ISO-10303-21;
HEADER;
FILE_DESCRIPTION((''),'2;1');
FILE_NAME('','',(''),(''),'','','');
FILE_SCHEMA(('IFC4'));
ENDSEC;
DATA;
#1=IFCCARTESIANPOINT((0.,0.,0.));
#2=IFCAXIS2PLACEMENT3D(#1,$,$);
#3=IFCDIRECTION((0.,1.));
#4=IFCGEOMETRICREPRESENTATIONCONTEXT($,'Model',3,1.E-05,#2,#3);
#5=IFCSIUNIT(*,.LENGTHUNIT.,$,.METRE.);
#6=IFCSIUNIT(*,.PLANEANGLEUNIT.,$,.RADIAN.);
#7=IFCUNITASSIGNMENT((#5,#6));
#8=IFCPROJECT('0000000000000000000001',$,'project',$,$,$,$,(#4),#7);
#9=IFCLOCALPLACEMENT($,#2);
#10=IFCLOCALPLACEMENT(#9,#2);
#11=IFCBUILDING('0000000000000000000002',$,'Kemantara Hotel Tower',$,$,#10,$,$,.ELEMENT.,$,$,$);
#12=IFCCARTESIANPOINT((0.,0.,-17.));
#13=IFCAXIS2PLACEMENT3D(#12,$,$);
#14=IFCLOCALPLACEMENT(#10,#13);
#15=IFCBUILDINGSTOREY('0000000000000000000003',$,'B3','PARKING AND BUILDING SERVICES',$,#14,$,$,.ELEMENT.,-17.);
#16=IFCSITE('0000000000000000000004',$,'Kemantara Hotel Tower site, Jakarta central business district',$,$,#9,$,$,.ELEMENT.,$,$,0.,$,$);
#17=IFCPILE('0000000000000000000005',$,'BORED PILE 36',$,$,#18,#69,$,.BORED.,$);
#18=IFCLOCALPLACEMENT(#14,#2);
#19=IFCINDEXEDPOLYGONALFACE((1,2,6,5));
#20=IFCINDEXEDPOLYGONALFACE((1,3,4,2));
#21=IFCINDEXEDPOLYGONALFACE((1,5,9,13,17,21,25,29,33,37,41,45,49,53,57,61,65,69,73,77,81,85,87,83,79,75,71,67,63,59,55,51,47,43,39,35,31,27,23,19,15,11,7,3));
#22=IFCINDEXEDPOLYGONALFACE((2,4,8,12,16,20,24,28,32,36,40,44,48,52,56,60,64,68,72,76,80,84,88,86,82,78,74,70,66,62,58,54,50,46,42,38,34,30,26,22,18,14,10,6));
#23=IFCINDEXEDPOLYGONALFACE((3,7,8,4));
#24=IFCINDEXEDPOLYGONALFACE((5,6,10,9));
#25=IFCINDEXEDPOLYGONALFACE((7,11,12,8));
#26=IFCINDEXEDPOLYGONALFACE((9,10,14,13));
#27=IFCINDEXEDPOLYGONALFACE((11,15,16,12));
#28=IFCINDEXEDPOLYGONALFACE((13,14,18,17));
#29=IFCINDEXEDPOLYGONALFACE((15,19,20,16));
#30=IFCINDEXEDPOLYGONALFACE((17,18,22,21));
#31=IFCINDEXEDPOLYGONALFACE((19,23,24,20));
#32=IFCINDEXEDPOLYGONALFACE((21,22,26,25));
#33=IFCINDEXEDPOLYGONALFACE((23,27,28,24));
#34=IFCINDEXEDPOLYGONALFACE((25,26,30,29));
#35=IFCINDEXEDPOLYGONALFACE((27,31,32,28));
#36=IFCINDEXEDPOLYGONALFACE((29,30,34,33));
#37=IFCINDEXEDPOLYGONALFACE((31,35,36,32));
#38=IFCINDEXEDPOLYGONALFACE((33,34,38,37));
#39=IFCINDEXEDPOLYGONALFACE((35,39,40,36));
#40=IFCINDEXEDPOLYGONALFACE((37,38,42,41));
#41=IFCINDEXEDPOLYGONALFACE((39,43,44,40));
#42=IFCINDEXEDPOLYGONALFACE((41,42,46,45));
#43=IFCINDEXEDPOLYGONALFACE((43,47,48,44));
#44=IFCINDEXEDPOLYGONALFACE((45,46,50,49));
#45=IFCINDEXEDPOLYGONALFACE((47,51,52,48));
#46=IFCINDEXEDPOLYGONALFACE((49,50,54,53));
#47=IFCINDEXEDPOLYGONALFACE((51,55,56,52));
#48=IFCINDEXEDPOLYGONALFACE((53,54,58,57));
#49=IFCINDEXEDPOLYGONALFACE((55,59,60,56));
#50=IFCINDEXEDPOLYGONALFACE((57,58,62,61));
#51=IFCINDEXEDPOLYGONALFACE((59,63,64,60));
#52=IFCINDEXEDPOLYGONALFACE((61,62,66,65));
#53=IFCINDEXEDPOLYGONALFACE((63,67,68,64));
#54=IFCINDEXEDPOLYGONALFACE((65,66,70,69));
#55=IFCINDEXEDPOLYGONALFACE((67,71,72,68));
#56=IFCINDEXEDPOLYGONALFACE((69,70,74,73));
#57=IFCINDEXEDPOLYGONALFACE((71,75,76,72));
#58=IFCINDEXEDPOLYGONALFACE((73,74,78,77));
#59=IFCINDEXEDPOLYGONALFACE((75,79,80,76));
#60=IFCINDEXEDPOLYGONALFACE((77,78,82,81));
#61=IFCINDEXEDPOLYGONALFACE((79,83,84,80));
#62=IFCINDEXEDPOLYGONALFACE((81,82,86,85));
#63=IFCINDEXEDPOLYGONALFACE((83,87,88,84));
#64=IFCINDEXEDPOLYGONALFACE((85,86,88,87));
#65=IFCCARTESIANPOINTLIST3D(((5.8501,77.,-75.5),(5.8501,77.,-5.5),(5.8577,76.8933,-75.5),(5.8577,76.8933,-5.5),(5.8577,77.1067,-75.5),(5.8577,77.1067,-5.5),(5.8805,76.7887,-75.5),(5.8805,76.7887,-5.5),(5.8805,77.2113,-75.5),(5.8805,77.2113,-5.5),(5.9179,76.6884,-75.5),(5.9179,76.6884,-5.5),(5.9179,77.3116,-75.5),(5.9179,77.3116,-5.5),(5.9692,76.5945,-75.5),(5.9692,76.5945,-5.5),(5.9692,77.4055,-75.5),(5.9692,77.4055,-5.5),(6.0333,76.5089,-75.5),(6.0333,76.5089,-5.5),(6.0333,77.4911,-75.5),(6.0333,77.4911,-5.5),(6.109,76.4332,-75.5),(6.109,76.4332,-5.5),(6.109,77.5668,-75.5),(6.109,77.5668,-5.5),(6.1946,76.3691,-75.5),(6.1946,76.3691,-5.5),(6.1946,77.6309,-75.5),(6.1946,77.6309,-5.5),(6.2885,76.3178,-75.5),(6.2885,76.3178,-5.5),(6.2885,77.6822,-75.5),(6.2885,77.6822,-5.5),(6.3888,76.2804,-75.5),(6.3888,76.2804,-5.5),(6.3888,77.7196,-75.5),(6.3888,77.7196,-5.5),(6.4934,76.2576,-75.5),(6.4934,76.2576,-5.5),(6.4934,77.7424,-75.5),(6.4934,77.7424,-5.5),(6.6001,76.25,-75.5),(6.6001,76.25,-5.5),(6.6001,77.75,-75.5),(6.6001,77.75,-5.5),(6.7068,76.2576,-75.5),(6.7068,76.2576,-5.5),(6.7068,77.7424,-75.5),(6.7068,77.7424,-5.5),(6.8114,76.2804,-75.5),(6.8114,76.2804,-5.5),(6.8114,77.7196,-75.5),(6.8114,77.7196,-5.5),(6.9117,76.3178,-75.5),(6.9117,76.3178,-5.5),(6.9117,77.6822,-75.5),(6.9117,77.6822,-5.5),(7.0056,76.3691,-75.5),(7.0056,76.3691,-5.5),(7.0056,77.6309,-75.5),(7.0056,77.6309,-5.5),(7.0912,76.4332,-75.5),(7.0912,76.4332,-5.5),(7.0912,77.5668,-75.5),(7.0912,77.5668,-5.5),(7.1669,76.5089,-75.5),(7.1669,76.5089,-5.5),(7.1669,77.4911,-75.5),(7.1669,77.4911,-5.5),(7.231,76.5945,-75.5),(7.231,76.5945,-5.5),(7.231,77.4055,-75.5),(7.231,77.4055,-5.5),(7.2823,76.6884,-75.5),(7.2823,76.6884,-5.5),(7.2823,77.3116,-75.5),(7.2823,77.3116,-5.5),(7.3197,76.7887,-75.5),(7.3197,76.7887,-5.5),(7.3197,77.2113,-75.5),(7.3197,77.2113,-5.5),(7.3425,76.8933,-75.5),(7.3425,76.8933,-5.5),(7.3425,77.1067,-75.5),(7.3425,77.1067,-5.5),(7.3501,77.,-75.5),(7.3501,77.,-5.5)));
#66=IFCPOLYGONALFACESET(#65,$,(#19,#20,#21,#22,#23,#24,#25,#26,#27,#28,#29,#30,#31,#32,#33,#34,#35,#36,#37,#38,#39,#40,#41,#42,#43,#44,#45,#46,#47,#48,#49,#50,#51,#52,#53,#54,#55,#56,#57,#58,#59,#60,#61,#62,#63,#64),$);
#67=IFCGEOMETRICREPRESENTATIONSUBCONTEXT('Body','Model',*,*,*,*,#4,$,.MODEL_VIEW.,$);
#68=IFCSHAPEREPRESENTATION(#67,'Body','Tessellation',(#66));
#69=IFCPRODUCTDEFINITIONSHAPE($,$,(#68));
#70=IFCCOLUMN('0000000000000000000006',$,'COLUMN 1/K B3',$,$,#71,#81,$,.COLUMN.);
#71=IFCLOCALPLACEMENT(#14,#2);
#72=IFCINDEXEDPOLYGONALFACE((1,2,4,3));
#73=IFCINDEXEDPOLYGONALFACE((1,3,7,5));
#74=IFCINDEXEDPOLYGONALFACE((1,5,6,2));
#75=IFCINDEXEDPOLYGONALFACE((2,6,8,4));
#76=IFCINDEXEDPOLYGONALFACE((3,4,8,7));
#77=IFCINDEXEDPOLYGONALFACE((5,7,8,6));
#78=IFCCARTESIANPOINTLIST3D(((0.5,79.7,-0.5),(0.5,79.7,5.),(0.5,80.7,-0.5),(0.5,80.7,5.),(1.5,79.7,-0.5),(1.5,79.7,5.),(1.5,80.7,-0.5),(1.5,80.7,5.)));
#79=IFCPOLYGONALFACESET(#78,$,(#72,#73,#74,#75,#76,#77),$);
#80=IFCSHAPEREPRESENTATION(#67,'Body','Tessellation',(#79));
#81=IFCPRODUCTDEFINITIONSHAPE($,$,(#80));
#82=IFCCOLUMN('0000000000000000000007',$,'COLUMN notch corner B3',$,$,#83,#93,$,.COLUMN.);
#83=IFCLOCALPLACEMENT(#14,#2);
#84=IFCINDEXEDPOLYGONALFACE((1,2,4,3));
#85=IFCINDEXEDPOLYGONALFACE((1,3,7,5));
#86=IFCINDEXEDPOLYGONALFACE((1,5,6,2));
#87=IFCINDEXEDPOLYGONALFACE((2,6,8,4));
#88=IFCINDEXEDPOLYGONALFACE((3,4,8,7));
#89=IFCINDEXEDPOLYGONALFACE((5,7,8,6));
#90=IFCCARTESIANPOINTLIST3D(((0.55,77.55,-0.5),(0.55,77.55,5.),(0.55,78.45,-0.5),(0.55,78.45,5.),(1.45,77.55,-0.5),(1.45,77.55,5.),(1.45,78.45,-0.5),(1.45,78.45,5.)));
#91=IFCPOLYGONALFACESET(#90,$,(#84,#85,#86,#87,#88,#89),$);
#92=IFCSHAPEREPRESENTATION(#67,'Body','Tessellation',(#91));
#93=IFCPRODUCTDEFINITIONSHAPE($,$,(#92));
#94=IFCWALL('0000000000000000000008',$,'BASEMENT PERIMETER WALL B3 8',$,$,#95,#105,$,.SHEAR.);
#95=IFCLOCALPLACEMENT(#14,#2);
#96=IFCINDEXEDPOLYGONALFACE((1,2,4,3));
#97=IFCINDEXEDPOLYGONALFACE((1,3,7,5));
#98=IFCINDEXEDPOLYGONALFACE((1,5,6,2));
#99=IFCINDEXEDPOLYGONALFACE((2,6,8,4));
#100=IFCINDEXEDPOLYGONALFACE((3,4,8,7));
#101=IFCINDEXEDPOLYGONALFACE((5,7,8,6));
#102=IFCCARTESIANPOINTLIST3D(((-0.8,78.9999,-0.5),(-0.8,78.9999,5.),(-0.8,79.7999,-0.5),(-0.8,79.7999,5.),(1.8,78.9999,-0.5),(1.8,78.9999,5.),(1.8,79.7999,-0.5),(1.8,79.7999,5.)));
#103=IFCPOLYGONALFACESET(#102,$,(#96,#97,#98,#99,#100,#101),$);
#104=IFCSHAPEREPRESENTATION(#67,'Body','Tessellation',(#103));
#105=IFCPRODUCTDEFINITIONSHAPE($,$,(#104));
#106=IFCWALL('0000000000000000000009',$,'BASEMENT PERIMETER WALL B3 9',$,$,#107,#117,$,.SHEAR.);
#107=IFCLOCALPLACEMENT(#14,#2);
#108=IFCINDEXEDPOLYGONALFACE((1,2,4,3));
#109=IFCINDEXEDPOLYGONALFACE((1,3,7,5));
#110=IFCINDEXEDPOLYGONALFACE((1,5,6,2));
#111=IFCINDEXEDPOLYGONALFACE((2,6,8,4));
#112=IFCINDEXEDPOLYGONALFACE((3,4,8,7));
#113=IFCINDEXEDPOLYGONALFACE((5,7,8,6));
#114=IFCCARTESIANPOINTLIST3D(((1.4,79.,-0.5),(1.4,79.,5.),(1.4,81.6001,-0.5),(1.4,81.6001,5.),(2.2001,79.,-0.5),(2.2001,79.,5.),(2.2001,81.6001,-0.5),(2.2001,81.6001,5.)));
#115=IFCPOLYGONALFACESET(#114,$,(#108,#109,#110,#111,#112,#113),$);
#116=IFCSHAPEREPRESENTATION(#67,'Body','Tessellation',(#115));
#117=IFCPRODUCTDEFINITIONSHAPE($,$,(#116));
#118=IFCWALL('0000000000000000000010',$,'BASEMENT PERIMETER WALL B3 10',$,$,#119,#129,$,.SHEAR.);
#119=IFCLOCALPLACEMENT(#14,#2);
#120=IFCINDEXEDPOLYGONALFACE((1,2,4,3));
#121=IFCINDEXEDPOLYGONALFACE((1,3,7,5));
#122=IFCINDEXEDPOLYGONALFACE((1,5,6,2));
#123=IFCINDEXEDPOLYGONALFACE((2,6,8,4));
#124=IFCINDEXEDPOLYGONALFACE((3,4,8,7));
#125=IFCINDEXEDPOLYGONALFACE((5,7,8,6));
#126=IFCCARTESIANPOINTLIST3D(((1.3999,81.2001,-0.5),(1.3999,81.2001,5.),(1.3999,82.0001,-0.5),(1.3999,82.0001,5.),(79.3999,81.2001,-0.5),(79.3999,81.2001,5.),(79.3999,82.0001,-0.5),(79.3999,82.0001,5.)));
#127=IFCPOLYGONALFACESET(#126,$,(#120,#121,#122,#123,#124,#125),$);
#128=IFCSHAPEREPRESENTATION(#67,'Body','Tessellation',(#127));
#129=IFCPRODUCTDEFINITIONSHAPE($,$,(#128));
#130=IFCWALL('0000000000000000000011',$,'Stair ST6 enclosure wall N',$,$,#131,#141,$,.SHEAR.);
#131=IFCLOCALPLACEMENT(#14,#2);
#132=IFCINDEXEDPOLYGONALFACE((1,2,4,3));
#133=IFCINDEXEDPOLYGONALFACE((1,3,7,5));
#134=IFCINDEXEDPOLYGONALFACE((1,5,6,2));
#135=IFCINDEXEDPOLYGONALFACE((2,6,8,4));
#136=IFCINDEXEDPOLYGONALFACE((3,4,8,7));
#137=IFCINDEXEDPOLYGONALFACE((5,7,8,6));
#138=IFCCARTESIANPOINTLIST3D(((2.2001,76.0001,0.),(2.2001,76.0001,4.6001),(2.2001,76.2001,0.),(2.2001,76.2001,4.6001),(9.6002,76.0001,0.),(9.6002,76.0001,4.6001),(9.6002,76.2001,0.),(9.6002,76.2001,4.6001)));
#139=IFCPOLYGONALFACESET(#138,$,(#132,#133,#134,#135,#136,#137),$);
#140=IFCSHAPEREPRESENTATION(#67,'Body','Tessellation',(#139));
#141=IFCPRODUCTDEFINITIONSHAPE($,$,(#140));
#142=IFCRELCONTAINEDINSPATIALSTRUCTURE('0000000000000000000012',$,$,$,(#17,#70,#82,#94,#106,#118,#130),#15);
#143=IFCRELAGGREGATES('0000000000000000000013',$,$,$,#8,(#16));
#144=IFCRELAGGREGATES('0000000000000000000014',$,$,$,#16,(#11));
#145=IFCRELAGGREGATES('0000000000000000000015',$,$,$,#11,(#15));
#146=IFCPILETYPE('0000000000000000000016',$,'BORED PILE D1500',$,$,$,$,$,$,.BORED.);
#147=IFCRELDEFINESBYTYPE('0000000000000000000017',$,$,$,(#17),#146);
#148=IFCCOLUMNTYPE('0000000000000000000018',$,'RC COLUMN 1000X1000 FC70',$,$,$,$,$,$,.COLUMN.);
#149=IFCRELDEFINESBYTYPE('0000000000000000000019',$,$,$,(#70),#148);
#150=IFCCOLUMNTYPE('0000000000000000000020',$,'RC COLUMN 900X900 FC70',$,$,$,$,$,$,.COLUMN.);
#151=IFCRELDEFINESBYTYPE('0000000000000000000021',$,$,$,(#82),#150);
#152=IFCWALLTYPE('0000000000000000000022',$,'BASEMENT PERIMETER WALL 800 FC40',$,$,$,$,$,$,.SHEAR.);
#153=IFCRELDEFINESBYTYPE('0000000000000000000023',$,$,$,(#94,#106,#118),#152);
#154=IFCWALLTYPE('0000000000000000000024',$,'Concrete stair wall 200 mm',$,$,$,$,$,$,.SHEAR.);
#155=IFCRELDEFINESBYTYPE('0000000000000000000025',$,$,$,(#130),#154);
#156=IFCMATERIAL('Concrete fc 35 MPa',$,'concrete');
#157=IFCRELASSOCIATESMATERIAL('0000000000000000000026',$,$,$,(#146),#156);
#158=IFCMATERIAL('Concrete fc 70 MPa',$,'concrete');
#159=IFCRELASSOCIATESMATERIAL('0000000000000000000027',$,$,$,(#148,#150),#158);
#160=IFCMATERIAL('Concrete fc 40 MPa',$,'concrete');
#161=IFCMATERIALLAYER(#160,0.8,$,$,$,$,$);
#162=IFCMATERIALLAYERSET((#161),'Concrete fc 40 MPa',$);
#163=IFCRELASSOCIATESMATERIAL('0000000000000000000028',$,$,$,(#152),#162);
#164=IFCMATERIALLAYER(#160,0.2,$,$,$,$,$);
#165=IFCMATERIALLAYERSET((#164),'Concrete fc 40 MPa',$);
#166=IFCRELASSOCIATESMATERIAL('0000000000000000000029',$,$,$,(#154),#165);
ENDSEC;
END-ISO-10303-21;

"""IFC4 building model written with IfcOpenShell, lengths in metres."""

from ifc_helpers import new_model, si_unit, direction, frame, frame_2d, origin, origin_2d, place, context, subcontext, project, spatial, rectangle, circle, extrude, material, layer, layer_set, material_profile, profile_set, type_object, element, save


model = new_model("IFC4")

# Units and contexts
model_context = context("Model", 3, precision=1e-05, world=origin(), true_north=direction((0.0, 1.0)))
body_context = subcontext(model_context, "Body", "Model", "MODEL_VIEW")
ifc_project = project(units=[si_unit("LENGTHUNIT", "METRE"), si_unit("PLANEANGLEUNIT", "RADIAN")], contexts=[model_context])

# Site, building, storey
site_placement = place(None, origin())
site = spatial("IfcSite", under=ifc_project, at=site_placement, Name="Kemantara Hotel Tower site, Jakarta central business district", CompositionType="ELEMENT", RefElevation=0.0)
building_placement = place(site_placement, origin())
building = spatial("IfcBuilding", under=site, at=building_placement, Name="Kemantara Hotel Tower", CompositionType="ELEMENT")
storey_placement = place(building_placement, frame((0.0, 0.0, -17.0)))
storey = spatial("IfcBuildingStorey", under=building, at=storey_placement, Name="B3", Description="PARKING AND BUILDING SERVICES", CompositionType="ELEMENT", Elevation=-17.0)

# Pile
ifc_material_1 = material(Name="Concrete fc 35 MPa", Category="concrete")
ifc_material_profile_1 = material_profile(ifc_material_1, circle(Radius=0.75, at=origin_2d()), Name="BORED PILE D1500")
ifc_profile_set_1 = profile_set([ifc_material_profile_1], Name="Concrete fc 35 MPa")
pile_type = type_object("IfcPileType", Name="BORED PILE D1500", PredefinedType="BORED", material=ifc_profile_set_1)
for number, where, z_axis, x_axis, name in (
    (1, (6.6001, 77.0, -5.5), (0.0, 0.0, -1.0), (1.0, 0.0, 0.0), "BORED PILE 36"),
):
    element("IfcPile", number, at=place(storey_placement, frame(where, z_axis=z_axis, x_axis=x_axis)), inside=storey, type_object=pile_type, Name=name, PredefinedType="BORED", context=body_context, shape_type="SweptSolid", body=[
        extrude(circle(Radius=0.75, at=origin_2d()), origin(), (0.0, 0.0, 1.0), 70.0),
    ])

# Columns
ifc_material_2 = material(Name="Concrete fc 70 MPa", Category="concrete")
ifc_material_profile_2 = material_profile(ifc_material_2, rectangle(XDim=1.0, YDim=1.0, at=origin_2d()), Name="RC 1000X1000")
ifc_profile_set_2 = profile_set([ifc_material_profile_2], Name="Concrete fc 70 MPa")
column_type_1 = type_object("IfcColumnType", Name="RC COLUMN 1000X1000 FC70", PredefinedType="COLUMN", material=ifc_profile_set_2)
column_1_placement = place(storey_placement, frame((1.0, 80.2, -0.5), z_axis=(0.0, 0.0, 1.0), x_axis=(1.0, 0.0, 0.0)))
element("IfcColumn", 2, at=column_1_placement, inside=storey, type_object=column_type_1, Name="COLUMN 1/K B3", PredefinedType="COLUMN", context=body_context, shape_type="SweptSolid", body=[
    extrude(rectangle(XDim=1.0, YDim=1.0, at=origin_2d()), origin(), (0.0, 0.0, 1.0), 5.5),
])
ifc_material_profile_3 = material_profile(ifc_material_2, rectangle(XDim=0.8999, YDim=0.8999, at=origin_2d()), Name="RC 900X900")
ifc_profile_set_3 = profile_set([ifc_material_profile_3], Name="Concrete fc 70 MPa")
column_type_2 = type_object("IfcColumnType", Name="RC COLUMN 900X900 FC70", PredefinedType="COLUMN", material=ifc_profile_set_3)
column_2_placement = place(storey_placement, frame((1.0, 78.0, -0.5), z_axis=(0.0, 0.0, 1.0), x_axis=(1.0, 0.0, 0.0)))
element("IfcColumn", 3, at=column_2_placement, inside=storey, type_object=column_type_2, Name="COLUMN notch corner B3", PredefinedType="COLUMN", context=body_context, shape_type="SweptSolid", body=[
    extrude(rectangle(XDim=0.8999, YDim=0.8999, at=origin_2d()), origin(), (0.0, 0.0, 1.0), 5.5),
])

# Walls
ifc_material_3 = material(Name="Concrete fc 40 MPa", Category="concrete")
ifc_layer_1 = layer(ifc_material_3, 0.8)
ifc_layer_set_1 = layer_set([ifc_layer_1], Name="Concrete fc 40 MPa")
wall_type_1 = type_object("IfcWallType", Name="BASEMENT PERIMETER WALL 800 FC40", PredefinedType="SHEAR", material=ifc_layer_set_1)
for number, where, z_axis, x_axis, name in (
    (4, (-0.8, 79.3999, -0.5), (0.0, 0.0, 1.0), (1.0, 0.0, 0.0), "BASEMENT PERIMETER WALL B3 8"),
    (5, (1.8, 79.0, -0.5), (0.0, 0.0, 1.0), (0.0, 1.0, 0.0), "BASEMENT PERIMETER WALL B3 9"),
):
    element("IfcWall", number, at=place(storey_placement, frame(where, z_axis=z_axis, x_axis=x_axis)), inside=storey, type_object=wall_type_1, Name=name, PredefinedType="SHEAR", context=body_context, shape_type="SweptSolid", body=[
        extrude(rectangle(XDim=2.6001, YDim=0.8, at=frame_2d((1.3, 0.0))), origin(), (0.0, 0.0, 1.0), 5.5),
    ])
wall_1_placement = place(storey_placement, frame((1.3999, 81.6001, -0.5), z_axis=(0.0, 0.0, 1.0), x_axis=(1.0, 0.0, 0.0)))
element("IfcWall", 6, at=wall_1_placement, inside=storey, type_object=wall_type_1, Name="BASEMENT PERIMETER WALL B3 10", PredefinedType="SHEAR", context=body_context, shape_type="SweptSolid", body=[
    extrude(rectangle(XDim=78.0, YDim=0.8, at=frame_2d((39.0, 0.0))), origin(), (0.0, 0.0, 1.0), 5.5),
])
ifc_layer_2 = layer(ifc_material_3, 0.2)
ifc_layer_set_2 = layer_set([ifc_layer_2], Name="Concrete fc 40 MPa")
wall_type_2 = type_object("IfcWallType", Name="Concrete stair wall 200 mm", PredefinedType="SHEAR", material=ifc_layer_set_2)
wall_2_placement = place(storey_placement, frame((2.2, 76.1001, 0.0), z_axis=(0.0, 0.0, 1.0), x_axis=(1.0, 0.0, 0.0)))
element("IfcWall", 7, at=wall_2_placement, inside=storey, type_object=wall_type_2, Name="Stair ST6 enclosure wall N", PredefinedType="SHEAR", context=body_context, shape_type="SweptSolid", body=[
    extrude(rectangle(XDim=7.4001, YDim=0.2, at=frame_2d((3.7002, 0.0))), origin(), (0.0, 0.0, 1.0), 4.6001),
])

save(model, "model.ifc")
